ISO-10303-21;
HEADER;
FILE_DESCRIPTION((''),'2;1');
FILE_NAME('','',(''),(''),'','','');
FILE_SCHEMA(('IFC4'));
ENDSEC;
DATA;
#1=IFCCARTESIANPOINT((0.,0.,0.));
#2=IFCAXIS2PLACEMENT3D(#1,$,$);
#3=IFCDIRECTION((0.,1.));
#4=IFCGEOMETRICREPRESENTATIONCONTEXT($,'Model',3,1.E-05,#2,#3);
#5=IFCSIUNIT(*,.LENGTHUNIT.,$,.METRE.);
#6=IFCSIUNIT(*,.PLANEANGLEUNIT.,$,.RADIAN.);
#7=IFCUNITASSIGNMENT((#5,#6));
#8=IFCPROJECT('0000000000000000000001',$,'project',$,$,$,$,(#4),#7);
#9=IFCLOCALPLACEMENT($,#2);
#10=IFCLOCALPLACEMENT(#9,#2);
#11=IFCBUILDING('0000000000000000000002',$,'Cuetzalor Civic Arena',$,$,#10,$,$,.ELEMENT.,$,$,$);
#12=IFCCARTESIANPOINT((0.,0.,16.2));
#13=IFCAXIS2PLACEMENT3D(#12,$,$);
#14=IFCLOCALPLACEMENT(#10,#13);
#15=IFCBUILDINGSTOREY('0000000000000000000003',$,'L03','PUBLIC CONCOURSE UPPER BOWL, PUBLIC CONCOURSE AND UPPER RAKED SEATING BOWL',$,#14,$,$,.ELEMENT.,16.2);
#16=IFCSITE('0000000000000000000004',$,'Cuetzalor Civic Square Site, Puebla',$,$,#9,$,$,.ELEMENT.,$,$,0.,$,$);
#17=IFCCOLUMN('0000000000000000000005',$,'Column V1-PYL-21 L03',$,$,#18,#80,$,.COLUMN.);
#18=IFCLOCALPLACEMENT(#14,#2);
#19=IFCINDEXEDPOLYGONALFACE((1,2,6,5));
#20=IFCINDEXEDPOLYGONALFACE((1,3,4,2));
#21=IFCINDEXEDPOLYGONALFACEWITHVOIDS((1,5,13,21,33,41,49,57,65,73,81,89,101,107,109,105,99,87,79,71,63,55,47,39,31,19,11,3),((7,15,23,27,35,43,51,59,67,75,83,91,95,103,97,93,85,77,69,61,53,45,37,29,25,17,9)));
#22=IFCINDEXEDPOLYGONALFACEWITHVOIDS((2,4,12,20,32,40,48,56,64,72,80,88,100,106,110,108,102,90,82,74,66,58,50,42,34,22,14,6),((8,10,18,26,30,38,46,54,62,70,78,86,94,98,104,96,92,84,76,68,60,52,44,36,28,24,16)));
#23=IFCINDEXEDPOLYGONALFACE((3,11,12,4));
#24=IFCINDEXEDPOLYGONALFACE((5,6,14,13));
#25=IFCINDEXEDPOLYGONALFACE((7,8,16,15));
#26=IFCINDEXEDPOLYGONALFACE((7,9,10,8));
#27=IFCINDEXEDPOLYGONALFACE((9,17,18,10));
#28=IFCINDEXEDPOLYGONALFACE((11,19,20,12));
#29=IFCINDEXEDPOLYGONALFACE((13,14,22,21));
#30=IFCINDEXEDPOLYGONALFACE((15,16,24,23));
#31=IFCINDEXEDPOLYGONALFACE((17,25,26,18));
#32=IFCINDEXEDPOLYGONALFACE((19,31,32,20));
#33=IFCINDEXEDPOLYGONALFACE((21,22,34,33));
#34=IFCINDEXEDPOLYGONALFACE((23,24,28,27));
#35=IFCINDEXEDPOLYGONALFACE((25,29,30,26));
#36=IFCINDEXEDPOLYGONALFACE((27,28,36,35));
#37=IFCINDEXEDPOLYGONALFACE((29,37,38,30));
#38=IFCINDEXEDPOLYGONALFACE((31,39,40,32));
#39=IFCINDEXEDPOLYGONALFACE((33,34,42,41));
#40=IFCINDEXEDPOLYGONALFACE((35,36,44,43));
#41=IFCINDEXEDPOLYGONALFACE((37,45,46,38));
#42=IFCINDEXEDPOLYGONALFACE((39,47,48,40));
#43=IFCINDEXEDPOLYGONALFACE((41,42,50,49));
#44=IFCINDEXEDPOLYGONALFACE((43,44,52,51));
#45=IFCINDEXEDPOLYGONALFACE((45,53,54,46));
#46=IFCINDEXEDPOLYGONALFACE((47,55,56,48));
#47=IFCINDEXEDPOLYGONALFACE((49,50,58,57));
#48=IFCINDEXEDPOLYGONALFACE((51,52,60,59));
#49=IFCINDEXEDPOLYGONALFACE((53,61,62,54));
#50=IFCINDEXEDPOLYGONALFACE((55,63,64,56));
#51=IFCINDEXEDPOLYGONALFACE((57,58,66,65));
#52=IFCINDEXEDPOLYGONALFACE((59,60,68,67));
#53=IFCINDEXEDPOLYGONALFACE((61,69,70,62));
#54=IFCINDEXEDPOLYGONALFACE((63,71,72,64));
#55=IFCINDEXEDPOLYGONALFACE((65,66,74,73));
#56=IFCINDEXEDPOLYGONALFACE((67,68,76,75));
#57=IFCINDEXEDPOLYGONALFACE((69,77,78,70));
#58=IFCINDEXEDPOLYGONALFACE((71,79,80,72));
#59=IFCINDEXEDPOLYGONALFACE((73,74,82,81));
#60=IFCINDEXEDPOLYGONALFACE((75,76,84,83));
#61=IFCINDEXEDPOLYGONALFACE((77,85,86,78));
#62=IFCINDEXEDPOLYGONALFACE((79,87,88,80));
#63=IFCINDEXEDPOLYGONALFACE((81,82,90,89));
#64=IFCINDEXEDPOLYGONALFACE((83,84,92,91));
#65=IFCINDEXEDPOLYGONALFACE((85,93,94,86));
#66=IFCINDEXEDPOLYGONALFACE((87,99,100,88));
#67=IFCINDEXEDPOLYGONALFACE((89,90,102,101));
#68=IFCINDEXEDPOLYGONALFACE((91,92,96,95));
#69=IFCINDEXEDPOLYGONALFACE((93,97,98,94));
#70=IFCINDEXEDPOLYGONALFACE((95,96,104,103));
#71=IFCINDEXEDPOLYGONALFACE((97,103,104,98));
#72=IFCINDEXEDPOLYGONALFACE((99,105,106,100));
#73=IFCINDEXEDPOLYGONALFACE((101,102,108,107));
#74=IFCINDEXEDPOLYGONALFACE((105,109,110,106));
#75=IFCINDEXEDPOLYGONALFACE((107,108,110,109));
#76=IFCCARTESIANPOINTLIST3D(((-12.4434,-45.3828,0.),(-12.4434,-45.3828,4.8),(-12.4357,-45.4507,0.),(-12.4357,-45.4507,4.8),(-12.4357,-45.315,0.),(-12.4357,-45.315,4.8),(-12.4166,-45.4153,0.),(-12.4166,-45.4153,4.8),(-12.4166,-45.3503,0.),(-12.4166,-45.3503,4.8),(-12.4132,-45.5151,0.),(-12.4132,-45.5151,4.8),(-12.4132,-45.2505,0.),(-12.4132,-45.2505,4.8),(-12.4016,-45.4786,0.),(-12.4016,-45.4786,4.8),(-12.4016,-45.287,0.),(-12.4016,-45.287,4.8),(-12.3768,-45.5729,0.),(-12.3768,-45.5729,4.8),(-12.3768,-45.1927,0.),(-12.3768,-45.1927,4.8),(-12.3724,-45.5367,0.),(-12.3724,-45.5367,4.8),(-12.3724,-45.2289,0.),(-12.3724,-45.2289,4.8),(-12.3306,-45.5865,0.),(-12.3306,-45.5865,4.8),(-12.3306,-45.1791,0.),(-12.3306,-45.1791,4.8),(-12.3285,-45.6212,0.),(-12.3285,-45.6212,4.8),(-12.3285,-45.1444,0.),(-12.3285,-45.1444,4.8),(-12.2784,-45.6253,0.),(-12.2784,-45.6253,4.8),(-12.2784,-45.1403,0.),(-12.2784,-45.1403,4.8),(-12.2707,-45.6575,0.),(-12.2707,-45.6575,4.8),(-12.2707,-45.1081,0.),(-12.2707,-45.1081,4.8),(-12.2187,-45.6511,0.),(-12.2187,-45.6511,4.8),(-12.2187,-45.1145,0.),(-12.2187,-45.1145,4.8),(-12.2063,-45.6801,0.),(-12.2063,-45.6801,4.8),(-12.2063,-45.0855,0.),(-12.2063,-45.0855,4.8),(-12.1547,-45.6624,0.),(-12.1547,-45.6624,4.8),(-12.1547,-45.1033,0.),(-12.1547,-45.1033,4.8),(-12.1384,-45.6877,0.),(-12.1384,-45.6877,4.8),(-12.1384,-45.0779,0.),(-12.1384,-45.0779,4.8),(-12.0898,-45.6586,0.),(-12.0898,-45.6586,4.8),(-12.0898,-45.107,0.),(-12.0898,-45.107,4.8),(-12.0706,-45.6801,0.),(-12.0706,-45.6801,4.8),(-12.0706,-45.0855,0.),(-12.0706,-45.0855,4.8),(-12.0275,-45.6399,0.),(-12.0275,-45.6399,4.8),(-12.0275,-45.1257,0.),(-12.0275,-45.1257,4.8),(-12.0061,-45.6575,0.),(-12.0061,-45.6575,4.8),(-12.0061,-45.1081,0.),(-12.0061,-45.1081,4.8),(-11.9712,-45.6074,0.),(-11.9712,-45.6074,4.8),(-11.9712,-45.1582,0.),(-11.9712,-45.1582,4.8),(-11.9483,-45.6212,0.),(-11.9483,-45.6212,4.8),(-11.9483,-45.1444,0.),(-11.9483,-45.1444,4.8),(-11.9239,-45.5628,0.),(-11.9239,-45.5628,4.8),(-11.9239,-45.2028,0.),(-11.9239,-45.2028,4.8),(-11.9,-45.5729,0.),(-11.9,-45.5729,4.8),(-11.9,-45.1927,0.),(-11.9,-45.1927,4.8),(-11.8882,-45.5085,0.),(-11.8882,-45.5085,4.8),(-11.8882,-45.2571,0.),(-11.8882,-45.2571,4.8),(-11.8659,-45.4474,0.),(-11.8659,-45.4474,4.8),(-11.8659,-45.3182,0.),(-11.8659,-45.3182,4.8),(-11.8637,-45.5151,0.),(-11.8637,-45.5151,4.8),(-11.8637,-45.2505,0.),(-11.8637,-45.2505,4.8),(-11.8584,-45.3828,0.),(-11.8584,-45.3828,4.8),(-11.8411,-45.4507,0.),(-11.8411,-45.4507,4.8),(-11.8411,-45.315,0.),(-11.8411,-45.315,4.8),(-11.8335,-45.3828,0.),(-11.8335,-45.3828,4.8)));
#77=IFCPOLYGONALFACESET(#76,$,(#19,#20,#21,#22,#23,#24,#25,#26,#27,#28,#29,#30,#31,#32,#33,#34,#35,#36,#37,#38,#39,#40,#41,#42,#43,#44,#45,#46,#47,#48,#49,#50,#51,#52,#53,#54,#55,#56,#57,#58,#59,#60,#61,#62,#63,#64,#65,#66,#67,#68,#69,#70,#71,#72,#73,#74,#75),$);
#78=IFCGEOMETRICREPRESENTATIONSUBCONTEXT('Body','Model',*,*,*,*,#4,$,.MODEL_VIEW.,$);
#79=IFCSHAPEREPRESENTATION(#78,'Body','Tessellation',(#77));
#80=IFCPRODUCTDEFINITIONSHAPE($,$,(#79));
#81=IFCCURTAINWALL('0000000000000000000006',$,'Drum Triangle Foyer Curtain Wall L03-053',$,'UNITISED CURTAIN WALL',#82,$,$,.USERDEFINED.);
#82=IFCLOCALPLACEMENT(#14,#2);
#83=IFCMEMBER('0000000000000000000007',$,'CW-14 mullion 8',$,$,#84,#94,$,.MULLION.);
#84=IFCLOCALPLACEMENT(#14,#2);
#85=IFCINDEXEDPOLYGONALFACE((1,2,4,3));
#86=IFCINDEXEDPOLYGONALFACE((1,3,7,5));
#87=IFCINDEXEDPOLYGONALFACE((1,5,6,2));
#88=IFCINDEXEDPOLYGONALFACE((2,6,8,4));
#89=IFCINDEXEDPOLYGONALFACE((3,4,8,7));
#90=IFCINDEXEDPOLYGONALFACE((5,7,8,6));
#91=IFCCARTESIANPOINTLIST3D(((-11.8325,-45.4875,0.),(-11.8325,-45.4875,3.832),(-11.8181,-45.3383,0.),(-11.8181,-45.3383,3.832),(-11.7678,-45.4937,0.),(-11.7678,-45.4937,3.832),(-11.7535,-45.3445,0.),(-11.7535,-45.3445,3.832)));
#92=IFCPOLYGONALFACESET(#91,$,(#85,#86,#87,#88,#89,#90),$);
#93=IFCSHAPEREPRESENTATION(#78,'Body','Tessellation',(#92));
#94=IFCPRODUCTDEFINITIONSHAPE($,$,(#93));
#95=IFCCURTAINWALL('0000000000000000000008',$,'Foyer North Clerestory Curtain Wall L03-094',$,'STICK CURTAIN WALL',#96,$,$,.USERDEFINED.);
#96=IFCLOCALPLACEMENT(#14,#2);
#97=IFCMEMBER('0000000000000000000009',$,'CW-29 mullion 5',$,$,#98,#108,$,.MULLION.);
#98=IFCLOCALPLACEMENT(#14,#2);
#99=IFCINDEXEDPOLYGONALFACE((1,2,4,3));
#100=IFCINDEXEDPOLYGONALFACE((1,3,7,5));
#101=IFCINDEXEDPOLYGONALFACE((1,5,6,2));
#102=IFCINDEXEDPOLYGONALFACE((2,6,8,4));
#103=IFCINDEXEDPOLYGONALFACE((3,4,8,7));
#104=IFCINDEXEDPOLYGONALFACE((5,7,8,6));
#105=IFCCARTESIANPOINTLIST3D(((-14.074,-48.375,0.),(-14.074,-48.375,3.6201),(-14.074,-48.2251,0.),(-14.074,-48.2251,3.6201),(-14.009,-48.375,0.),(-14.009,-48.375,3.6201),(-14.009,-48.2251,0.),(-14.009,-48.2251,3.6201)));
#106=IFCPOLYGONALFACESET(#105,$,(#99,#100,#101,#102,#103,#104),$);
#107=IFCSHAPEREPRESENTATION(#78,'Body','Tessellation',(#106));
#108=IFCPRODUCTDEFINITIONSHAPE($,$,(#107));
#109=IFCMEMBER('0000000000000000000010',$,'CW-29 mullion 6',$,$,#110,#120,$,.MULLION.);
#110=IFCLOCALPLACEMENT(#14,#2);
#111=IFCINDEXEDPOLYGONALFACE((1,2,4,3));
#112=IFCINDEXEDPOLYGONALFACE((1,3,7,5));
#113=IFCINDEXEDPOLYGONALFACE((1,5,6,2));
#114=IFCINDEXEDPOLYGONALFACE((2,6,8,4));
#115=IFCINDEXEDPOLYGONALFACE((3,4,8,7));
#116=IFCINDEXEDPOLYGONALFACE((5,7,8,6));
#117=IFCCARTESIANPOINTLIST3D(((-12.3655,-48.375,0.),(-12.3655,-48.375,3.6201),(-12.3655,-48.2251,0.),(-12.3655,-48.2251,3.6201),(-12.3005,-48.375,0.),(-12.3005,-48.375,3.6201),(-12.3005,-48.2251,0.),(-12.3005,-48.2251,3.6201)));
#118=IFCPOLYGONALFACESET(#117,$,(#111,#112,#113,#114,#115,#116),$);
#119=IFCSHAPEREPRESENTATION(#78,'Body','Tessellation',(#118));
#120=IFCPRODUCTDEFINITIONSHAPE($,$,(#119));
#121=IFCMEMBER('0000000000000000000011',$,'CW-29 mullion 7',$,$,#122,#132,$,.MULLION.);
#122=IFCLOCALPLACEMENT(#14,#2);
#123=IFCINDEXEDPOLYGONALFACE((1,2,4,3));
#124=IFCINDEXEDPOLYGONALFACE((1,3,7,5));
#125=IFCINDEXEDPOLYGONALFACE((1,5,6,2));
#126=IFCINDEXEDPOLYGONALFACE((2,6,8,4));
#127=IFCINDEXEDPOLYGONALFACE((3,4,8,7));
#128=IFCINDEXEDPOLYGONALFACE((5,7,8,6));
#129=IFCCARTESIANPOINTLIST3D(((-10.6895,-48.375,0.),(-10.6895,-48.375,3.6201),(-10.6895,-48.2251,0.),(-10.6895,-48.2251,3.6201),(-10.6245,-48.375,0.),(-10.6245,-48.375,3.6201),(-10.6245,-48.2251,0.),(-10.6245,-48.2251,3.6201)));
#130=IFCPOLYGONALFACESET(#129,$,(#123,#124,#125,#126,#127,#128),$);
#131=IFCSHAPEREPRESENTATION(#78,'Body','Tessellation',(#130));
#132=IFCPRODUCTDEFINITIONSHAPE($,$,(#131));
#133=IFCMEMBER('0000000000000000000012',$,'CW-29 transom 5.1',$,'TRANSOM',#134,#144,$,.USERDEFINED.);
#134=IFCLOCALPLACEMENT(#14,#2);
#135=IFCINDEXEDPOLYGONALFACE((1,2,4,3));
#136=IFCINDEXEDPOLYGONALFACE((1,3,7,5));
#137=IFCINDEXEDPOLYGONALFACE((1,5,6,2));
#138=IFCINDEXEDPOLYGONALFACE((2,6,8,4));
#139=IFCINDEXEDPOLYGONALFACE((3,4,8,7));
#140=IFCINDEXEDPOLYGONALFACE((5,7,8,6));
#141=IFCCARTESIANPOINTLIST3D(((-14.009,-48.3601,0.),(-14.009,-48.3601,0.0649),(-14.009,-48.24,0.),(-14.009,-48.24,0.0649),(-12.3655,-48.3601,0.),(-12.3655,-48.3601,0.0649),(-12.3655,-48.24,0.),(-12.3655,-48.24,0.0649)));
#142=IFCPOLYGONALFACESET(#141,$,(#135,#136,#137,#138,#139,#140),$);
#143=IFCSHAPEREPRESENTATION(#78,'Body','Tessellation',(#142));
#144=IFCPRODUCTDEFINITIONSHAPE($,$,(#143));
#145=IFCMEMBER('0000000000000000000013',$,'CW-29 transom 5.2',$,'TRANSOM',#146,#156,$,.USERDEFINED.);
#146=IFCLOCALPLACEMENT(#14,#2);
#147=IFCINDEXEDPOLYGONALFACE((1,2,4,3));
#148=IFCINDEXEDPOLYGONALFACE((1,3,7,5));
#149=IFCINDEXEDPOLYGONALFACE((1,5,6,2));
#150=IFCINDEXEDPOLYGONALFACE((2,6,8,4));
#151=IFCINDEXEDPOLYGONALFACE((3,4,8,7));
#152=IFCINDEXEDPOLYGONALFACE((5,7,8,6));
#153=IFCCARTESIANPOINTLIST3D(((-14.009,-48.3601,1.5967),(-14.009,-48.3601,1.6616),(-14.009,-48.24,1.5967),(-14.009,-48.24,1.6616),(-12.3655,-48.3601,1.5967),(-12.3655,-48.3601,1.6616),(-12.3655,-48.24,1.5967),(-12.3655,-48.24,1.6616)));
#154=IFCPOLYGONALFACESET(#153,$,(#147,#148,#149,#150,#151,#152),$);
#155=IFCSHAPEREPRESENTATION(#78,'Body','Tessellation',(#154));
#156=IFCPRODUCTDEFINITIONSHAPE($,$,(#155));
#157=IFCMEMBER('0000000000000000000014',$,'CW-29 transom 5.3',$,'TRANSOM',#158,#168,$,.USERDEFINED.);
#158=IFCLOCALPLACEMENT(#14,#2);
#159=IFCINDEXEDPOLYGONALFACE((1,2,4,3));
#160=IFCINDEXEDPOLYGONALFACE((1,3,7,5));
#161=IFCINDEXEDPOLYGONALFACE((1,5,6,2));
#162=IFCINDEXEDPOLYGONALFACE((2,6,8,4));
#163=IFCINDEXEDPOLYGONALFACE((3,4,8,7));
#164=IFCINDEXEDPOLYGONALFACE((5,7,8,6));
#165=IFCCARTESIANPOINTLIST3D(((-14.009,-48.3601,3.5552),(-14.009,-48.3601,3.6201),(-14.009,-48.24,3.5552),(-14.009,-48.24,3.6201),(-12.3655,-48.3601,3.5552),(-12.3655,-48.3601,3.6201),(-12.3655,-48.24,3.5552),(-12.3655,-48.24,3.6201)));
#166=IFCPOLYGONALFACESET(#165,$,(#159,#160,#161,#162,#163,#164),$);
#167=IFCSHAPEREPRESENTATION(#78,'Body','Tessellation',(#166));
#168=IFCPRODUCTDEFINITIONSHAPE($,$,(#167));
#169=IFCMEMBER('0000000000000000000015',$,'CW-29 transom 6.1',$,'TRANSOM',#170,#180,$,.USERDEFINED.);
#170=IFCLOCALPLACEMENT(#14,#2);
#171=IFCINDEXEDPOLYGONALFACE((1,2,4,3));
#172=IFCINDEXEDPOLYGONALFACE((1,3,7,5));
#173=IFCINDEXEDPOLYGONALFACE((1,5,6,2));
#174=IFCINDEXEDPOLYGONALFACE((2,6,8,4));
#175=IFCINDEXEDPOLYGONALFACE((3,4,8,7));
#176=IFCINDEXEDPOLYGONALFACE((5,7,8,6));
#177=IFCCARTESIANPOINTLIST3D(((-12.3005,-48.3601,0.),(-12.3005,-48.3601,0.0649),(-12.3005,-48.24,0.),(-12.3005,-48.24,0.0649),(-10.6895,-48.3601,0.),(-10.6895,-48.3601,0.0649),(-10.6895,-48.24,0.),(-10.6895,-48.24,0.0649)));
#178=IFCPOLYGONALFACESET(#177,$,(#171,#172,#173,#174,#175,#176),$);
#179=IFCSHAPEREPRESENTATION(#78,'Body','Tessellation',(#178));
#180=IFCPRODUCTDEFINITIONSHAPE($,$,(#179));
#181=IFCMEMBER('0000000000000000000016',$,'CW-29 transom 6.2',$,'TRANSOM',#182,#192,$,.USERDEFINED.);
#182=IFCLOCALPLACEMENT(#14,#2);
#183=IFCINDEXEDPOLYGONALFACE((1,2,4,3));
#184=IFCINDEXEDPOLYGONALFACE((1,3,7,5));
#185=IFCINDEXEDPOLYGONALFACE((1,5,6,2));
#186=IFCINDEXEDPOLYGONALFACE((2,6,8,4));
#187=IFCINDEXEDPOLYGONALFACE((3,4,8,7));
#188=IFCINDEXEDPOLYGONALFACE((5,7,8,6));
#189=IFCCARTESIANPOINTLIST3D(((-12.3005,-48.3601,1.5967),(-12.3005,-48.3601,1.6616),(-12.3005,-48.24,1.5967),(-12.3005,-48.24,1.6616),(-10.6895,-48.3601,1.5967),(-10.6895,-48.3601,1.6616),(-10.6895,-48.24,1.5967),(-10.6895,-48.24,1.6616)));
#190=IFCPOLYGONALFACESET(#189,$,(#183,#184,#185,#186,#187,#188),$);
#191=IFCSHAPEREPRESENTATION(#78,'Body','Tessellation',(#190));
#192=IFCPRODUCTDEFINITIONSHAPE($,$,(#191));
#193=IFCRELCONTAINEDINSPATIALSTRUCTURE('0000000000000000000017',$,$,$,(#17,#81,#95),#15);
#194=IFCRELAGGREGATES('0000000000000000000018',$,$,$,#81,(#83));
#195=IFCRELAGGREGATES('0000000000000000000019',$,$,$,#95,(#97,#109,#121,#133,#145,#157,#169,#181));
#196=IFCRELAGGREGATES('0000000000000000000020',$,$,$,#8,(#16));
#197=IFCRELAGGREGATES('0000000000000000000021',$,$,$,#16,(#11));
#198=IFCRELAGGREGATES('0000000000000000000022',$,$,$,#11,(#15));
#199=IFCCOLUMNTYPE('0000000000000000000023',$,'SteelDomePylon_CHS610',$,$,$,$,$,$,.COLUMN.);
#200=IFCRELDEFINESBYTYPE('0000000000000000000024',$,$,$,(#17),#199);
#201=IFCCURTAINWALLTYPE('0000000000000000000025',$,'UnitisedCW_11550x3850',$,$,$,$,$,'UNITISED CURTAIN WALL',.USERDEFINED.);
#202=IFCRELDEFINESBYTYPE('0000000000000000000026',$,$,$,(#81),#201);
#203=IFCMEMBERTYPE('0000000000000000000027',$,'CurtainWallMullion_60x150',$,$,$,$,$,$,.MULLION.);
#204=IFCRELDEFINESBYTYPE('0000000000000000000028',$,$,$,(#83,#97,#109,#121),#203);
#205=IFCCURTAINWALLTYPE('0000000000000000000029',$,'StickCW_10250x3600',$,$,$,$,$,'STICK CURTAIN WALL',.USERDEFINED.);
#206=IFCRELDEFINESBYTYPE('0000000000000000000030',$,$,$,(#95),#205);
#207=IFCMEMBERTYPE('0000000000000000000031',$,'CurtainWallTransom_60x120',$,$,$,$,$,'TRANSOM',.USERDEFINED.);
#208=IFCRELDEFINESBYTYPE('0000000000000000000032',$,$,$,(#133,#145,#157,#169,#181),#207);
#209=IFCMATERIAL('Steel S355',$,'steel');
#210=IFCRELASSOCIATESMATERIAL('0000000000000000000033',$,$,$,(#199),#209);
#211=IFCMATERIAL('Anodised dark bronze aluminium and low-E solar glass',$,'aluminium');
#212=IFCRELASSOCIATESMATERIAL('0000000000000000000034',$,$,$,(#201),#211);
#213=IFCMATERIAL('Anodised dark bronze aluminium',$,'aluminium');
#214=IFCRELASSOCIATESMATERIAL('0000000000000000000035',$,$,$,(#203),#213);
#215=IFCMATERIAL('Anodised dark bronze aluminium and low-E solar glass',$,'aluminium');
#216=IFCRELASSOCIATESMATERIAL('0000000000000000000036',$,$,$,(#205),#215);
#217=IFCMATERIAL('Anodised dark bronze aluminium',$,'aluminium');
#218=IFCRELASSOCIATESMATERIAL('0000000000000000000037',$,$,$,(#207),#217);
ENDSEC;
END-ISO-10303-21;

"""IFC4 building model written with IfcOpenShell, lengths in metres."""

from ifc_helpers import new_model, si_unit, direction, frame, origin, origin_2d, place, context, subcontext, project, spatial, rectangle, hollow_circle, extrude, material, material_profile, profile_set, type_object, element, aggregate, save


model = new_model("IFC4")

# Units and contexts
model_context = context("Model", 3, precision=1e-05, world=origin(), true_north=direction((0.0, 1.0)))
body_context = subcontext(model_context, "Body", "Model", "MODEL_VIEW")
ifc_project = project(units=[si_unit("LENGTHUNIT", "METRE"), si_unit("PLANEANGLEUNIT", "RADIAN")], contexts=[model_context])

# Site, building, storey
site_placement = place(None, origin())
site = spatial("IfcSite", under=ifc_project, at=site_placement, Name="Cuetzalor Civic Square Site, Puebla", CompositionType="ELEMENT", RefElevation=0.0)
building_placement = place(site_placement, origin())
building = spatial("IfcBuilding", under=site, at=building_placement, Name="Cuetzalor Civic Arena", CompositionType="ELEMENT")
storey_placement = place(building_placement, frame((0.0, 0.0, 16.2)))
storey = spatial("IfcBuildingStorey", under=building, at=storey_placement, Name="L03", Description="PUBLIC CONCOURSE UPPER BOWL, PUBLIC CONCOURSE AND UPPER RAKED SEATING BOWL", CompositionType="ELEMENT", Elevation=16.2)

# Column
ifc_material_1 = material(Name="Steel S355", Category="steel")
ifc_material_profile_1 = material_profile(ifc_material_1, hollow_circle(Radius=0.3049, WallThickness=0.0249, at=origin_2d()), Name="CHS 610x25")
ifc_profile_set_1 = profile_set([ifc_material_profile_1], Name="Steel S355")
column_type = type_object("IfcColumnType", Name="SteelDomePylon_CHS610", PredefinedType="COLUMN", material=ifc_profile_set_1)
column_placement = place(storey_placement, frame((-12.1384, -45.3828, 0.0), z_axis=(0.0, 0.0, 1.0), x_axis=(1.0, 0.0, 0.0)))
element("IfcColumn", 1, at=column_placement, inside=storey, type_object=column_type, Name="Column V1-PYL-21 L03", PredefinedType="COLUMN", context=body_context, shape_type="SweptSolid", body=[
    extrude(hollow_circle(Radius=0.3049, WallThickness=0.0249, at=origin_2d()), origin(), (0.0, 0.0, 1.0), 4.8),
])

# Curtain wall, member
ifc_material_2 = material(Name="Anodised dark bronze aluminium and low-E solar glass", Category="aluminium")
curtain_wall_type_1 = type_object("IfcCurtainWallType", Name="UnitisedCW_11550x3850", ElementType="UNITISED CURTAIN WALL", PredefinedType="USERDEFINED", material=ifc_material_2)
curtain_wall_1_placement = place(storey_placement, origin())
curtain_wall_1 = element("IfcCurtainWall", 2, at=curtain_wall_1_placement, inside=storey, type_object=curtain_wall_type_1, Name="Drum Triangle Foyer Curtain Wall L03-053", ObjectType="UNITISED CURTAIN WALL", PredefinedType="USERDEFINED")
ifc_material_3 = material(Name="Anodised dark bronze aluminium", Category="aluminium")
ifc_material_profile_2 = material_profile(ifc_material_3, rectangle(XDim=0.0649, YDim=0.1499, at=origin_2d()), Name="ALU MULLION 65x150")
ifc_profile_set_2 = profile_set([ifc_material_profile_2], Name="Anodised dark bronze aluminium")
member_type_1 = type_object("IfcMemberType", Name="CurtainWallMullion_60x150", PredefinedType="MULLION", material=ifc_profile_set_2)
member_1_placement = place(storey_placement, frame((-11.793, -45.416, 0.0), z_axis=(0.0, 0.0, 1.0), x_axis=(-0.995409, 0.095711, 0.0)))
member_1 = element("IfcMember", 3, at=member_1_placement, type_object=member_type_1, Name="CW-14 mullion 8", PredefinedType="MULLION", context=body_context, shape_type="SweptSolid", body=[
    extrude(rectangle(XDim=0.0649, YDim=0.1499, at=origin_2d()), origin(), (0.0, 0.0, 1.0), 3.832),
])

# Curtain wall, members
ifc_material_4 = material(Name="Anodised dark bronze aluminium and low-E solar glass", Category="aluminium")
curtain_wall_type_2 = type_object("IfcCurtainWallType", Name="StickCW_10250x3600", ElementType="STICK CURTAIN WALL", PredefinedType="USERDEFINED", material=ifc_material_4)
curtain_wall_2_placement = place(storey_placement, origin())
curtain_wall_2 = element("IfcCurtainWall", 4, at=curtain_wall_2_placement, inside=storey, type_object=curtain_wall_type_2, Name="Foyer North Clerestory Curtain Wall L03-094", ObjectType="STICK CURTAIN WALL", PredefinedType="USERDEFINED")
member_2_placement = place(storey_placement, frame((-14.0415, -48.3, 0.0), z_axis=(0.0, 0.0, 1.0), x_axis=(1.0, 0.0, 0.0)))
member_2 = element("IfcMember", 5, at=member_2_placement, type_object=member_type_1, Name="CW-29 mullion 5", PredefinedType="MULLION", context=body_context, shape_type="SweptSolid", body=[
    extrude(rectangle(XDim=0.0649, YDim=0.1499, at=origin_2d()), origin(), (0.0, 0.0, 1.0), 3.6201),
])
member_3_placement = place(storey_placement, frame((-12.333, -48.3, 0.0), z_axis=(0.0, 0.0, 1.0), x_axis=(1.0, 0.0, 0.0)))
member_3 = element("IfcMember", 6, at=member_3_placement, type_object=member_type_1, Name="CW-29 mullion 6", PredefinedType="MULLION", context=body_context, shape_type="SweptSolid", body=[
    extrude(rectangle(XDim=0.0649, YDim=0.1499, at=origin_2d()), origin(), (0.0, 0.0, 1.0), 3.6201),
])
member_4_placement = place(storey_placement, frame((-10.657, -48.3, 0.0), z_axis=(0.0, 0.0, 1.0), x_axis=(1.0, 0.0, 0.0)))
member_4 = element("IfcMember", 7, at=member_4_placement, type_object=member_type_1, Name="CW-29 mullion 7", PredefinedType="MULLION", context=body_context, shape_type="SweptSolid", body=[
    extrude(rectangle(XDim=0.0649, YDim=0.1499, at=origin_2d()), origin(), (0.0, 0.0, 1.0), 3.6201),
])
ifc_material_5 = material(Name="Anodised dark bronze aluminium", Category="aluminium")
ifc_material_profile_3 = material_profile(ifc_material_5, rectangle(XDim=0.1201, YDim=0.0649, at=origin_2d()), Name="ALU TRANSOM 65x120")
ifc_profile_set_3 = profile_set([ifc_material_profile_3], Name="Anodised dark bronze aluminium")
member_type_2 = type_object("IfcMemberType", Name="CurtainWallTransom_60x120", ElementType="TRANSOM", PredefinedType="USERDEFINED", material=ifc_profile_set_3)
member_5_placement = place(storey_placement, frame((-14.009, -48.3, 0.0325), z_axis=(1.0, 0.0, 0.0), x_axis=(0.0, 1.0, 0.0)))
member_5 = element("IfcMember", 8, at=member_5_placement, type_object=member_type_2, Name="CW-29 transom 5.1", ObjectType="TRANSOM", PredefinedType="USERDEFINED", context=body_context, shape_type="SweptSolid", body=[
    extrude(rectangle(XDim=0.1201, YDim=0.0649, at=origin_2d()), origin(), (0.0, 0.0, 1.0), 1.6436),
])
member_6_placement = place(storey_placement, frame((-14.009, -48.3, 1.6292), z_axis=(1.0, 0.0, 0.0), x_axis=(0.0, 1.0, 0.0)))
member_6 = element("IfcMember", 9, at=member_6_placement, type_object=member_type_2, Name="CW-29 transom 5.2", ObjectType="TRANSOM", PredefinedType="USERDEFINED", context=body_context, shape_type="SweptSolid", body=[
    extrude(rectangle(XDim=0.1201, YDim=0.0649, at=origin_2d()), origin(), (0.0, 0.0, 1.0), 1.6436),
])
member_7_placement = place(storey_placement, frame((-14.009, -48.3, 3.5876), z_axis=(1.0, 0.0, 0.0), x_axis=(0.0, 1.0, 0.0)))
member_7 = element("IfcMember", 10, at=member_7_placement, type_object=member_type_2, Name="CW-29 transom 5.3", ObjectType="TRANSOM", PredefinedType="USERDEFINED", context=body_context, shape_type="SweptSolid", body=[
    extrude(rectangle(XDim=0.1201, YDim=0.0649, at=origin_2d()), origin(), (0.0, 0.0, 1.0), 1.6436),
])
member_8_placement = place(storey_placement, frame((-12.3005, -48.3, 0.0325), z_axis=(1.0, 0.0, 0.0), x_axis=(0.0, 1.0, 0.0)))
member_8 = element("IfcMember", 11, at=member_8_placement, type_object=member_type_2, Name="CW-29 transom 6.1", ObjectType="TRANSOM", PredefinedType="USERDEFINED", context=body_context, shape_type="SweptSolid", body=[
    extrude(rectangle(XDim=0.1201, YDim=0.0649, at=origin_2d()), origin(), (0.0, 0.0, 1.0), 1.6111),
])
member_9_placement = place(storey_placement, frame((-12.3005, -48.3, 1.6292), z_axis=(1.0, 0.0, 0.0), x_axis=(0.0, 1.0, 0.0)))
member_9 = element("IfcMember", 12, at=member_9_placement, type_object=member_type_2, Name="CW-29 transom 6.2", ObjectType="TRANSOM", PredefinedType="USERDEFINED", context=body_context, shape_type="SweptSolid", body=[
    extrude(rectangle(XDim=0.1201, YDim=0.0649, at=origin_2d()), origin(), (0.0, 0.0, 1.0), 1.6111),
])

aggregate(curtain_wall_1, [member_1])
aggregate(curtain_wall_2, [member_2, member_3, member_4, member_5, member_6, member_7, member_8, member_9])

save(model, "model.ifc")
